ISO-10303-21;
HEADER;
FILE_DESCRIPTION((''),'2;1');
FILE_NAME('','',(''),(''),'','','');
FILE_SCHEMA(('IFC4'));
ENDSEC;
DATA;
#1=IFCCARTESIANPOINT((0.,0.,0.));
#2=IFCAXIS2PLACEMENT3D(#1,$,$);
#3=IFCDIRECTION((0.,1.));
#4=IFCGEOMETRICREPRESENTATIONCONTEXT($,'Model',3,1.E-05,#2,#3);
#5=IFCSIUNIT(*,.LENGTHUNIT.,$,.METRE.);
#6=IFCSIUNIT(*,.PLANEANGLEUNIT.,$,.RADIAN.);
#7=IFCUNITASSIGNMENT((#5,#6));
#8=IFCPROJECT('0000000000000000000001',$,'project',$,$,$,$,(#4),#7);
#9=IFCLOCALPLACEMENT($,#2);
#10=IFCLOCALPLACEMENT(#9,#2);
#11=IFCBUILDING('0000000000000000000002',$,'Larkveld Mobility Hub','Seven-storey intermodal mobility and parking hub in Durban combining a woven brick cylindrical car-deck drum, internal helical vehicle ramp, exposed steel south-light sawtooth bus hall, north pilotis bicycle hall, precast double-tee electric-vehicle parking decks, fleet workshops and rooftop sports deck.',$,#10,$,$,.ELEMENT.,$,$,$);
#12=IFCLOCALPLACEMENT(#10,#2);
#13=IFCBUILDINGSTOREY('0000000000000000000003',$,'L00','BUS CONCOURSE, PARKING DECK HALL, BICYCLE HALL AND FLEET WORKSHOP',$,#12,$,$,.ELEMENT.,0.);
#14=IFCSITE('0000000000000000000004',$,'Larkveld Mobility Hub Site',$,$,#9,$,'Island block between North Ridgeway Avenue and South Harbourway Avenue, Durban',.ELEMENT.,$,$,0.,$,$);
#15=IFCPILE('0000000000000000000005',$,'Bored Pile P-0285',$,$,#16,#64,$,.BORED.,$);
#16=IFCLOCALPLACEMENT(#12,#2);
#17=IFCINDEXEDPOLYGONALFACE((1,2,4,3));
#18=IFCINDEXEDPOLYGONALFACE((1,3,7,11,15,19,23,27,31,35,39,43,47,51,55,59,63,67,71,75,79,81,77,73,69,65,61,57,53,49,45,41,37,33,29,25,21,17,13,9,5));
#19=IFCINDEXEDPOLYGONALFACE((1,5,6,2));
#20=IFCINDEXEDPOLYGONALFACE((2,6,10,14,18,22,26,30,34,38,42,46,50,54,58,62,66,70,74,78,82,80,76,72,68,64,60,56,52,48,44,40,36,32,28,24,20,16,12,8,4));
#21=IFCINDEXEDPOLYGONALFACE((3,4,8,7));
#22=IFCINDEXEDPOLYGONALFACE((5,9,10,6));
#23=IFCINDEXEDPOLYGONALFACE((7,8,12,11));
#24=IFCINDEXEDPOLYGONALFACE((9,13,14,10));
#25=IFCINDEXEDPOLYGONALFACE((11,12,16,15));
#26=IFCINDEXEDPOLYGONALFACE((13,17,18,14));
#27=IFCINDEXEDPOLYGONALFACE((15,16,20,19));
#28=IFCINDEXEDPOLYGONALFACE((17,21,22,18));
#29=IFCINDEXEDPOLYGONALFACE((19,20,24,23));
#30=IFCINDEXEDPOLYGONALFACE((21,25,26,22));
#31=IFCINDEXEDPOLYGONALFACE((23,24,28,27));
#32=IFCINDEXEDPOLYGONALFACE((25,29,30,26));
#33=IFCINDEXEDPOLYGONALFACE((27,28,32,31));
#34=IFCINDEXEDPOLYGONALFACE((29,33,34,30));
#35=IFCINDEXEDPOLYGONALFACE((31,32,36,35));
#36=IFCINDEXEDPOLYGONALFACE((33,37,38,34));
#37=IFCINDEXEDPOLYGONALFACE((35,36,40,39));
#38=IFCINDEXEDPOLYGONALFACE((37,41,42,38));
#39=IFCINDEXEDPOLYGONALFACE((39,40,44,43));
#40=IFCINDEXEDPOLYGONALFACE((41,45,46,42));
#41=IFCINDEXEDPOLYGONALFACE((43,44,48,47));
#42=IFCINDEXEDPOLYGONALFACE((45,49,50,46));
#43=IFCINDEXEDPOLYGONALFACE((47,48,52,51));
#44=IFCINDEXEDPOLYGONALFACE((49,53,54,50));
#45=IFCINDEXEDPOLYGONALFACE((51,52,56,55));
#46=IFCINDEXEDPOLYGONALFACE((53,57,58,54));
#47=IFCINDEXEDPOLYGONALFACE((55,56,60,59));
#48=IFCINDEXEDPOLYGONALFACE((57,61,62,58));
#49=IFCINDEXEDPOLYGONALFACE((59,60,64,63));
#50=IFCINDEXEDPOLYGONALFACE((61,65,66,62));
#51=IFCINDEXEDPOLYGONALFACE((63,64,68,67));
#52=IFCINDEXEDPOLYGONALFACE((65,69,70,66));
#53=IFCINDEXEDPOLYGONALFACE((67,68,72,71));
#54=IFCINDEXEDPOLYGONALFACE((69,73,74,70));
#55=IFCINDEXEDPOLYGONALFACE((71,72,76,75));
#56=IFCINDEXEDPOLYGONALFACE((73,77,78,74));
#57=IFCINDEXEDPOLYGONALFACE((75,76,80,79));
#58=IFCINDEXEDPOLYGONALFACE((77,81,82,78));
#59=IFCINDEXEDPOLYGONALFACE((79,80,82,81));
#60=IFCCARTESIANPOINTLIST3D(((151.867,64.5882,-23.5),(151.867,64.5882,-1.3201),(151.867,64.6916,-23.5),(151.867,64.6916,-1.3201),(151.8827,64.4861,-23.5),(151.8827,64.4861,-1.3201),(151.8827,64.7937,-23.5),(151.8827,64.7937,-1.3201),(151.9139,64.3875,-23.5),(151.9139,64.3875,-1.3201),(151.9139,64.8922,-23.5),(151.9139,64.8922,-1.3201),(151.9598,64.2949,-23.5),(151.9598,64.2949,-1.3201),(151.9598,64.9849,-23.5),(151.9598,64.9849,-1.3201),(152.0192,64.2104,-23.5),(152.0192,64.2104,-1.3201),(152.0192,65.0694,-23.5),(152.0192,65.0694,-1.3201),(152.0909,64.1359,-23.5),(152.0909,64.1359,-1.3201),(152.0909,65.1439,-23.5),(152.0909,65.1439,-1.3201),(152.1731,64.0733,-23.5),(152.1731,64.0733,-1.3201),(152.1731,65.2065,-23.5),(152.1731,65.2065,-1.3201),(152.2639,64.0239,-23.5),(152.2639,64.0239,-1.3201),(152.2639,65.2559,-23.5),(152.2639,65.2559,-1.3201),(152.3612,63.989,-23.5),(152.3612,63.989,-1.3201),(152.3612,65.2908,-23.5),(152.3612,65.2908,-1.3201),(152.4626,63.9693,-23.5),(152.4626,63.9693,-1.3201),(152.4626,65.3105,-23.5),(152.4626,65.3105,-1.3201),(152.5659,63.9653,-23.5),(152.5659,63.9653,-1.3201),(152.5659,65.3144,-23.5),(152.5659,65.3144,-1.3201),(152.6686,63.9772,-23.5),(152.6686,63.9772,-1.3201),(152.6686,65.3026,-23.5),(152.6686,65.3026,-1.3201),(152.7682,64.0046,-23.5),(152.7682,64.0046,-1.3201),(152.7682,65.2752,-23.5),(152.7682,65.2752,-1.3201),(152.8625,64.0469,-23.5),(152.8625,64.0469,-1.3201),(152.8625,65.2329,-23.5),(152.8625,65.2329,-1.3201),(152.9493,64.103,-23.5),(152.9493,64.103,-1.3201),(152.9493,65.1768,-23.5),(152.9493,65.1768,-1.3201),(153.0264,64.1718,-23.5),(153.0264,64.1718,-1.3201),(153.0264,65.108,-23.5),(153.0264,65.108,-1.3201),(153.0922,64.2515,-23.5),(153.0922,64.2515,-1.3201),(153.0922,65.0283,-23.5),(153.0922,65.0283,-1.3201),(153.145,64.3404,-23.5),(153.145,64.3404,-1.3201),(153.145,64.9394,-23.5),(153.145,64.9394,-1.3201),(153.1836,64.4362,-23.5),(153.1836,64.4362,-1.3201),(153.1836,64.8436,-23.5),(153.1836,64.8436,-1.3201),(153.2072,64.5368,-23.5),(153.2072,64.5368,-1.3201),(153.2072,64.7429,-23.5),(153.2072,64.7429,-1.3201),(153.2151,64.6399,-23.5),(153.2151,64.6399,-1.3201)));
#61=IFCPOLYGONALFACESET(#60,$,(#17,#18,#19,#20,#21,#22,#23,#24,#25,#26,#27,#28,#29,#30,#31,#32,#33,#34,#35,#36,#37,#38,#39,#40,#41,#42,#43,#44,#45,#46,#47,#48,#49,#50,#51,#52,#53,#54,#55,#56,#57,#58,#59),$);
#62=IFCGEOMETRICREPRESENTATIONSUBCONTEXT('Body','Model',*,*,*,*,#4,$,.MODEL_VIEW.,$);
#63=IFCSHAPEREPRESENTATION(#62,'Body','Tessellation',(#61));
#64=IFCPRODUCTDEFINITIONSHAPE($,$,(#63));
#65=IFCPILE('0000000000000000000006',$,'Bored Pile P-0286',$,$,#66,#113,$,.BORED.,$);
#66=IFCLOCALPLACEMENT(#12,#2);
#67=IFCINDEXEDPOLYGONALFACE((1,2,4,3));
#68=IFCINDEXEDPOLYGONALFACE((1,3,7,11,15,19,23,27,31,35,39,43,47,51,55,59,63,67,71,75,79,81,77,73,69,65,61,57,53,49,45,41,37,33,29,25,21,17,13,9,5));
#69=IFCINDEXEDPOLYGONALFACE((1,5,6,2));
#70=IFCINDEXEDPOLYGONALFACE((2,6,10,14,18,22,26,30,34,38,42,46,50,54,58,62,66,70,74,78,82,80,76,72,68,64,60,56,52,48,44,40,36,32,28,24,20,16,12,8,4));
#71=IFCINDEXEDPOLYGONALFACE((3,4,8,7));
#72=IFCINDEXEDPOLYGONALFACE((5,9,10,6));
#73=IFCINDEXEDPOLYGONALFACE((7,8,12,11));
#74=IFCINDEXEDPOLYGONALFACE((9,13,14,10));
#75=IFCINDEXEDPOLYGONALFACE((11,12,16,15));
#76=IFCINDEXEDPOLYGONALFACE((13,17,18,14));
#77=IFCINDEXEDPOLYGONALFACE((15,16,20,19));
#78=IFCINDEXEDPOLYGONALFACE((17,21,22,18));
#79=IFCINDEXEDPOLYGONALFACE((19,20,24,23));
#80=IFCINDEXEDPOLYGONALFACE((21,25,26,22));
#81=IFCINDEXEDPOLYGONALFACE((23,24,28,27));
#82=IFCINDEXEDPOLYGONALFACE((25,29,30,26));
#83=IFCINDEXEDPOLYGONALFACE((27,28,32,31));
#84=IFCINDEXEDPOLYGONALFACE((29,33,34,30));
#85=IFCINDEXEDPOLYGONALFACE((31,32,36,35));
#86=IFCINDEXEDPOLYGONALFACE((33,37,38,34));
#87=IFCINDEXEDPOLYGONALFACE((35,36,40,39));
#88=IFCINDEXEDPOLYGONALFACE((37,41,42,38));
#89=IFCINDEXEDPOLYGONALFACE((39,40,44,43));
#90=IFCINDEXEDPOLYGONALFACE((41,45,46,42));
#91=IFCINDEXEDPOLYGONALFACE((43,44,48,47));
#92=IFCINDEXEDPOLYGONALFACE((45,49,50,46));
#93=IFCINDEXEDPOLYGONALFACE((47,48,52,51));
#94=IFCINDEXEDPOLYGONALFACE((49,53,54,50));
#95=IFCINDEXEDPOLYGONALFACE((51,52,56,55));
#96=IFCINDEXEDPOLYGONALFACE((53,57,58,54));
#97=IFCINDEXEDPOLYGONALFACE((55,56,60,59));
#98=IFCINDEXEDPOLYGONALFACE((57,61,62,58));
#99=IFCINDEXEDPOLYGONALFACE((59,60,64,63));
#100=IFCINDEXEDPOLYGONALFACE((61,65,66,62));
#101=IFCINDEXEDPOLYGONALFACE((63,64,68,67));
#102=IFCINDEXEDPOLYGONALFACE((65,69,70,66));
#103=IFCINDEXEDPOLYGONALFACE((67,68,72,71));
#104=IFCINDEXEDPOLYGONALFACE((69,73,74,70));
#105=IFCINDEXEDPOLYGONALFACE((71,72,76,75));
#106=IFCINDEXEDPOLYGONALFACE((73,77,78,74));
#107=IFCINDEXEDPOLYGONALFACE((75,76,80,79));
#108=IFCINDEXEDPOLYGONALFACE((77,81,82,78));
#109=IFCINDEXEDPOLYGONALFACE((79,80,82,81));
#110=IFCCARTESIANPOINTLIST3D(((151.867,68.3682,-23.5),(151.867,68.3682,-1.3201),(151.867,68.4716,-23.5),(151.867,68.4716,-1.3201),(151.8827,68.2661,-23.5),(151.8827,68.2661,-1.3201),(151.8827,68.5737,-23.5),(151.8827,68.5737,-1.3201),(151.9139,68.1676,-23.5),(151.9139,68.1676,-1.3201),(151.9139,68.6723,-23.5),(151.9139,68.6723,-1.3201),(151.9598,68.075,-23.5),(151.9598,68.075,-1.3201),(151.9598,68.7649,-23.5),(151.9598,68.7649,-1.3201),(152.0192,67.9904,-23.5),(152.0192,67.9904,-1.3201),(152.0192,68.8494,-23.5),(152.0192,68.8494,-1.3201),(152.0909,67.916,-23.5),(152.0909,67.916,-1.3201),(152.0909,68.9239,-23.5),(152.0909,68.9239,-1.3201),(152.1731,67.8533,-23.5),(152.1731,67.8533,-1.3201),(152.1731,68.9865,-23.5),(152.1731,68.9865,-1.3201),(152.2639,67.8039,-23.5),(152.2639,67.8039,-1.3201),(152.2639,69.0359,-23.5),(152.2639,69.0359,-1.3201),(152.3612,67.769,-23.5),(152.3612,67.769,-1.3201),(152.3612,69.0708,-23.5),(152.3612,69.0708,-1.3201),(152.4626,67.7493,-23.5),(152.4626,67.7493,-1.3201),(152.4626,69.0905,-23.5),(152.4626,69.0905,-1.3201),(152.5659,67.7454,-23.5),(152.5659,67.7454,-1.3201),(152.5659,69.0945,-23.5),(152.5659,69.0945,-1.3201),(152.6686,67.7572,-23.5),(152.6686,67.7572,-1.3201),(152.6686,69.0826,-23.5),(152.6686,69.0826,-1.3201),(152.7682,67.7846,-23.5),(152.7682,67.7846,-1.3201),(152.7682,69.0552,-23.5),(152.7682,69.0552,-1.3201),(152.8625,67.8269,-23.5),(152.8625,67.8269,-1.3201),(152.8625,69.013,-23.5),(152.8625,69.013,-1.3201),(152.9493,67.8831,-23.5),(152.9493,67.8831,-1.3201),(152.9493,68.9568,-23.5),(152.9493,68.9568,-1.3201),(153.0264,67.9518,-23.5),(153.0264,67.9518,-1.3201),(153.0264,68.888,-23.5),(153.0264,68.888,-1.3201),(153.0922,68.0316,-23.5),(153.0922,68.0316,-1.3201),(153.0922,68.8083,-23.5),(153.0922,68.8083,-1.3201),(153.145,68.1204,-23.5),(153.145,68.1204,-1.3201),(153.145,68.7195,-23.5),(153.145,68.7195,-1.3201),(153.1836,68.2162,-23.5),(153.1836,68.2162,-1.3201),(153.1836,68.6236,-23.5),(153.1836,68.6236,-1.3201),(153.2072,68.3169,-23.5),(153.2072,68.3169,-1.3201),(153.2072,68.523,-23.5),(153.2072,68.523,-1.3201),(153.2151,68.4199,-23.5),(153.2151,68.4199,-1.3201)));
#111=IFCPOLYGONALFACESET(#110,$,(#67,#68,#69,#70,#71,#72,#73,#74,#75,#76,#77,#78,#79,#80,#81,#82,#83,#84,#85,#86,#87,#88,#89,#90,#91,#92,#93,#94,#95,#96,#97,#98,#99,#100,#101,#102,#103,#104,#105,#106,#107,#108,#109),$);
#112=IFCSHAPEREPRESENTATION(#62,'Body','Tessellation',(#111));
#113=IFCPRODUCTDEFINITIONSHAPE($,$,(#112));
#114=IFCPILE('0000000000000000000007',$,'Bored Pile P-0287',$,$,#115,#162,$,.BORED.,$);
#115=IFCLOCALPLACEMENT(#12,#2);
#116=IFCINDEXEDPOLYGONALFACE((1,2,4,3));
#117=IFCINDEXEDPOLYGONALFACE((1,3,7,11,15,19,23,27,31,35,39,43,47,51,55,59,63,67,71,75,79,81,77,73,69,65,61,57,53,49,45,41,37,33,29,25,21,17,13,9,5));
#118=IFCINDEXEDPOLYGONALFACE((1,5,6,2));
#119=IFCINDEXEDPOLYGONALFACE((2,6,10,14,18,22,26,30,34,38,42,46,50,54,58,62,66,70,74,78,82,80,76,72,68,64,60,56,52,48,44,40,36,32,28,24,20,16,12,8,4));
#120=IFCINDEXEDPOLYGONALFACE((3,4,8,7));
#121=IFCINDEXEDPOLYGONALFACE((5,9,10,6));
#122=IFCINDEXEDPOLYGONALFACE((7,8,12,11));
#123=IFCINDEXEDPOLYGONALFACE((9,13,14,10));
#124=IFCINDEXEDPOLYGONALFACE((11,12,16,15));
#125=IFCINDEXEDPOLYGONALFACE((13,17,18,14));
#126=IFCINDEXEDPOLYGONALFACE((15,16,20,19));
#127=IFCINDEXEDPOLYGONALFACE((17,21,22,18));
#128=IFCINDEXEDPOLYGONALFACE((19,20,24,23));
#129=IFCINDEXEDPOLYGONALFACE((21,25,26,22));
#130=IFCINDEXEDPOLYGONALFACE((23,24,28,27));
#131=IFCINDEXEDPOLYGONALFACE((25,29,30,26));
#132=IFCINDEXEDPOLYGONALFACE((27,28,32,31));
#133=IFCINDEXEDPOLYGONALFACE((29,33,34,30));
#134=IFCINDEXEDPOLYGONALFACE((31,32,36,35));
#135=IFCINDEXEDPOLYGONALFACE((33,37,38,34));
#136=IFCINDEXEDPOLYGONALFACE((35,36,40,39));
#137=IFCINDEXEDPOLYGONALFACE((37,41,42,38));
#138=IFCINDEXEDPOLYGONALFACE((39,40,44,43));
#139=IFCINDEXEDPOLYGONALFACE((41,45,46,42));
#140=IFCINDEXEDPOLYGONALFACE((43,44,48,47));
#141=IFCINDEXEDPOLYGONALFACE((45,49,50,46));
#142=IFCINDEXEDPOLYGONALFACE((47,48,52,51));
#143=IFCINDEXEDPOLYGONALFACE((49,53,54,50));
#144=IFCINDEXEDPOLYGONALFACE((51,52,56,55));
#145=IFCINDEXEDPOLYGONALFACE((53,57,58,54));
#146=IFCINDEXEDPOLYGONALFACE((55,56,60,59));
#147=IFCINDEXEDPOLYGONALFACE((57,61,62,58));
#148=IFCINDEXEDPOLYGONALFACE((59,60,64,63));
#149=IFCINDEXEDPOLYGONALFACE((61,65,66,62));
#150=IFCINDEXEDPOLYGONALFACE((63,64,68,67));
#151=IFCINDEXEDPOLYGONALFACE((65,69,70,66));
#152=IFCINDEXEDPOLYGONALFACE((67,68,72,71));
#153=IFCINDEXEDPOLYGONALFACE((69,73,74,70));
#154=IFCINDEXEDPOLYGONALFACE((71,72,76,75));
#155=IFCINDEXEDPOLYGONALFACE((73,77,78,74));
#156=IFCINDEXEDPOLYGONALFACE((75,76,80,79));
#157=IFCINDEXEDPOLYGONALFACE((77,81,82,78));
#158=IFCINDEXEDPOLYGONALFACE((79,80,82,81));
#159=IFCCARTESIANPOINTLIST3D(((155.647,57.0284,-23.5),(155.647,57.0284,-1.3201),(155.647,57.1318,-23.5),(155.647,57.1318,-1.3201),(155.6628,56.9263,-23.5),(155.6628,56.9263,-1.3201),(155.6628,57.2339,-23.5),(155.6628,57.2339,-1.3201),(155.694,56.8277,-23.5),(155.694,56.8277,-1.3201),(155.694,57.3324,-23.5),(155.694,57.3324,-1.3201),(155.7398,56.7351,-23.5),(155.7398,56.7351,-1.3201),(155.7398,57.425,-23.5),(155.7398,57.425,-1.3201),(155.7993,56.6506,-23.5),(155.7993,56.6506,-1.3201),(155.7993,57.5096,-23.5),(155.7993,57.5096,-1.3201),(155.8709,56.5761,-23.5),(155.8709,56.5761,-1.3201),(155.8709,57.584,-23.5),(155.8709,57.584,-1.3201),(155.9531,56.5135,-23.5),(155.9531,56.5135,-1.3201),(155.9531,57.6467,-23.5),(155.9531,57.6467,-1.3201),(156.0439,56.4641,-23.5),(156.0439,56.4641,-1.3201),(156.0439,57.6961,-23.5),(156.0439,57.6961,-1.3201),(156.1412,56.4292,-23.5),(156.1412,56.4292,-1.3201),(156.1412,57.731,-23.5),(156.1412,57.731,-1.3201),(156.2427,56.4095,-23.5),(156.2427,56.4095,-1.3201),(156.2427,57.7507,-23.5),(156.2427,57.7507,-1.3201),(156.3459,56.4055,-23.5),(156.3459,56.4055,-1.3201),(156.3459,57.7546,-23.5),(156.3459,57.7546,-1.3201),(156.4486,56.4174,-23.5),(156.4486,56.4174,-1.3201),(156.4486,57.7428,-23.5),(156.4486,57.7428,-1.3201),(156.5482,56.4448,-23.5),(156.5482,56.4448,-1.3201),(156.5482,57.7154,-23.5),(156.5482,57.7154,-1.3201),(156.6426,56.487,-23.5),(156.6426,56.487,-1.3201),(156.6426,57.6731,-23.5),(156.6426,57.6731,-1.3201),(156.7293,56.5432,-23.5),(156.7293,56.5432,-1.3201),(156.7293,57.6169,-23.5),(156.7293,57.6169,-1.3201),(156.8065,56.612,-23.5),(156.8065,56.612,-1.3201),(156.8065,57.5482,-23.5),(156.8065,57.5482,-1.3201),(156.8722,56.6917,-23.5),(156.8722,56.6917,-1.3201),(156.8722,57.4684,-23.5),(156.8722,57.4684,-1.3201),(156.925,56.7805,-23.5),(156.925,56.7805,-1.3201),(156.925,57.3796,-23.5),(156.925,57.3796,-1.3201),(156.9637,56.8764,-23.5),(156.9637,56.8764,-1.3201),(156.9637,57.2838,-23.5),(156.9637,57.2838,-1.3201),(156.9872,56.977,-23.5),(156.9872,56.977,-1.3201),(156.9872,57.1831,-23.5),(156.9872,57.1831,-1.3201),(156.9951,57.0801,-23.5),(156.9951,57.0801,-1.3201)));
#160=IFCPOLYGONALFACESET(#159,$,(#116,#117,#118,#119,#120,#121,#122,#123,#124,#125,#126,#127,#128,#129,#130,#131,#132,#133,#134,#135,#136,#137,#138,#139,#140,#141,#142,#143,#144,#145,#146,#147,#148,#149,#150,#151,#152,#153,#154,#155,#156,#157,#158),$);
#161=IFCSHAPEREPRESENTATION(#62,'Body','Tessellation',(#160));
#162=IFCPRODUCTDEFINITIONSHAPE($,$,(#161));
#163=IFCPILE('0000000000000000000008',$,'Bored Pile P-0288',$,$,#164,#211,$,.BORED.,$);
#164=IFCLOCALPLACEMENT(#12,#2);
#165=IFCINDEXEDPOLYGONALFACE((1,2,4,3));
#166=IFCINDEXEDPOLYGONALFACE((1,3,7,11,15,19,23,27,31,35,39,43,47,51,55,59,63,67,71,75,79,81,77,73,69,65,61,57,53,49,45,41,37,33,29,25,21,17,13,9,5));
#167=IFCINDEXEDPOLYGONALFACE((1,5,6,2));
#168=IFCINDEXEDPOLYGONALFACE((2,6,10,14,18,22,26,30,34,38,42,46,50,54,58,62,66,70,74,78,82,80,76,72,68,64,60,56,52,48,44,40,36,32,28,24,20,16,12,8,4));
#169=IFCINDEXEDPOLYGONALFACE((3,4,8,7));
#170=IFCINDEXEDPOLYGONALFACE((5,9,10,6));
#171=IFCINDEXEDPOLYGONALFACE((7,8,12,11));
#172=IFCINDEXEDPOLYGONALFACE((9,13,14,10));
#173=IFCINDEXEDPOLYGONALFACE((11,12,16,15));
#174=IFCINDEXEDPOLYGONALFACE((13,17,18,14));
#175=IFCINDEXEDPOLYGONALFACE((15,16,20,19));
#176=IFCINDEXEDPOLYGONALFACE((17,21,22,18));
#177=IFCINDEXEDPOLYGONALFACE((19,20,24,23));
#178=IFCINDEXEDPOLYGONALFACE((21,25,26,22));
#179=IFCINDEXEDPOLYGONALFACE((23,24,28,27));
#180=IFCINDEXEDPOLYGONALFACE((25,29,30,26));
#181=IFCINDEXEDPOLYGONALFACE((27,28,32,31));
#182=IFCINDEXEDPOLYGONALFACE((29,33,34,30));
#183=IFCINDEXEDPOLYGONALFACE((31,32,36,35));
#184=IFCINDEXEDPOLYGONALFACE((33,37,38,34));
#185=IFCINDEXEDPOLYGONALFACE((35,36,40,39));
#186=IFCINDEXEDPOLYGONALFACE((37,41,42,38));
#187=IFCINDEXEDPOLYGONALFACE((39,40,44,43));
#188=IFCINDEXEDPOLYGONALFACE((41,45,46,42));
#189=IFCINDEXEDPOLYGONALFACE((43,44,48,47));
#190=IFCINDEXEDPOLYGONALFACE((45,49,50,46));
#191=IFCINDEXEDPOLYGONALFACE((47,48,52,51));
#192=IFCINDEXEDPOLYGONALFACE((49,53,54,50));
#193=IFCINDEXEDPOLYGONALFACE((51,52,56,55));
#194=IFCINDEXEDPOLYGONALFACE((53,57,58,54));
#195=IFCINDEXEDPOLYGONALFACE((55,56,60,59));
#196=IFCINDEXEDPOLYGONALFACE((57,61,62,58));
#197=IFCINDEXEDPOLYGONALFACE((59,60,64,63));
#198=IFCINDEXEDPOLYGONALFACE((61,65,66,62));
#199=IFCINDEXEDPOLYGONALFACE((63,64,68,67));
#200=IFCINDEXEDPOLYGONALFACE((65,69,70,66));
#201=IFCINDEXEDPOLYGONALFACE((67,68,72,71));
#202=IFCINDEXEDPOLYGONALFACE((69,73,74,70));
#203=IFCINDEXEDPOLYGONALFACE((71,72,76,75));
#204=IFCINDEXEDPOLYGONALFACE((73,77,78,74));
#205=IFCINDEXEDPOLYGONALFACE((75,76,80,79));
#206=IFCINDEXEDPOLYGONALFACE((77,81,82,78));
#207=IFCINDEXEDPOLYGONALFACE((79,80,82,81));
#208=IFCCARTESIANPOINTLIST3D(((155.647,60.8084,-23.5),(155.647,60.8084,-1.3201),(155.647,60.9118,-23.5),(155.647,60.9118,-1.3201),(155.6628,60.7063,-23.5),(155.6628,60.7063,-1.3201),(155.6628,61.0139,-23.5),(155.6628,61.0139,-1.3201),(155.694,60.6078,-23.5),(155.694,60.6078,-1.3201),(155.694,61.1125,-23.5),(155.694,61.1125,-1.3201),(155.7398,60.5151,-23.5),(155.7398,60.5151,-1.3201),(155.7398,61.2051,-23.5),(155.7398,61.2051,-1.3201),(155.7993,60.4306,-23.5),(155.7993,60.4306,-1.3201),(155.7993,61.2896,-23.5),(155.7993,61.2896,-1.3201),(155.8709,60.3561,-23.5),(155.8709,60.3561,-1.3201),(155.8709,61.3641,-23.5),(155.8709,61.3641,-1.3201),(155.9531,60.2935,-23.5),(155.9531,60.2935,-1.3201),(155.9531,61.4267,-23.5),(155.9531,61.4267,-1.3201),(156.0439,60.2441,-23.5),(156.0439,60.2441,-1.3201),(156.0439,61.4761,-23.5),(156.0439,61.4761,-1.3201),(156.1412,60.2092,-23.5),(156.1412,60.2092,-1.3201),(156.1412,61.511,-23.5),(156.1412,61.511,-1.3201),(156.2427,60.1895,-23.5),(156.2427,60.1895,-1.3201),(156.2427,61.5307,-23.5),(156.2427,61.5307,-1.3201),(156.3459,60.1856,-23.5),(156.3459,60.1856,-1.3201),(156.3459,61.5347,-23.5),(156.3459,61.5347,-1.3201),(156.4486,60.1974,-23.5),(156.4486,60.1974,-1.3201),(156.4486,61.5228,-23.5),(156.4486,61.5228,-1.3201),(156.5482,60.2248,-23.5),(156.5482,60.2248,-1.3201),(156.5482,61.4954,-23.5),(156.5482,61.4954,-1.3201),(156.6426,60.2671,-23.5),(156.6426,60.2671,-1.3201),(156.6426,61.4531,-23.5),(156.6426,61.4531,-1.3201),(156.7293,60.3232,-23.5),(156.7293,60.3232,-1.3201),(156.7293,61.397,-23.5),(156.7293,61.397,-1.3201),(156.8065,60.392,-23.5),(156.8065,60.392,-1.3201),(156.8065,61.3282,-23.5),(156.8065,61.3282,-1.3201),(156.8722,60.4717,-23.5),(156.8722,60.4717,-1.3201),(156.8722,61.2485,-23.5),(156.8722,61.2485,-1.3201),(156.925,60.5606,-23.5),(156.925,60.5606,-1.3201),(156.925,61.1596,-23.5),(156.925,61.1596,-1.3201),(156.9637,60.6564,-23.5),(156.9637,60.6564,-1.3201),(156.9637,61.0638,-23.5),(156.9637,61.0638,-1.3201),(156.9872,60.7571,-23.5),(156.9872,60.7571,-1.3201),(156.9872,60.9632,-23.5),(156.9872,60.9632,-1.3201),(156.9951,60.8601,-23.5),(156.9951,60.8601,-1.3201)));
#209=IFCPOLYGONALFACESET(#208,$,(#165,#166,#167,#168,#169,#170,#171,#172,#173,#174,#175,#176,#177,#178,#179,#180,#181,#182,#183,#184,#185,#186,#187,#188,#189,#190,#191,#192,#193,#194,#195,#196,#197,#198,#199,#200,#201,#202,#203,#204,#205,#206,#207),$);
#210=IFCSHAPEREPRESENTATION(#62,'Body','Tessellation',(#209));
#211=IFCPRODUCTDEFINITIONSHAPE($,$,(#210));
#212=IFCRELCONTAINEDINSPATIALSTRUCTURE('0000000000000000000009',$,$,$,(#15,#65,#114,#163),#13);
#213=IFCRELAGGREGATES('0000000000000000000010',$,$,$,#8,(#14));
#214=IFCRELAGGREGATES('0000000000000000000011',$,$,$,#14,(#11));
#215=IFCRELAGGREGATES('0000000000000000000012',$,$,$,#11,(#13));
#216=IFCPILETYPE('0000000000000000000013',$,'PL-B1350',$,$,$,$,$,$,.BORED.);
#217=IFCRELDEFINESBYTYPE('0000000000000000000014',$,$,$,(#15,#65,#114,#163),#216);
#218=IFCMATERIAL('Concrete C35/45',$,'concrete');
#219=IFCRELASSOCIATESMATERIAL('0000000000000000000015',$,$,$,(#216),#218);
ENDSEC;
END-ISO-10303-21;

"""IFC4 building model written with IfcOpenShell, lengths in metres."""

from ifc_helpers import new_model, si_unit, direction, frame, origin, origin_2d, place, context, subcontext, project, spatial, circle, extrude, material, material_profile, profile_set, type_object, element, save


model = new_model("IFC4")

# Units and contexts
model_context = context("Model", 3, precision=1e-05, world=origin(), true_north=direction((0.0, 1.0)))
body_context = subcontext(model_context, "Body", "Model", "MODEL_VIEW")
ifc_project = project(units=[si_unit("LENGTHUNIT", "METRE"), si_unit("PLANEANGLEUNIT", "RADIAN")], contexts=[model_context])

# Site, building, storey
site_placement = place(None, origin())
site = spatial("IfcSite", under=ifc_project, at=site_placement, Name="Larkveld Mobility Hub Site", LongName="Island block between North Ridgeway Avenue and South Harbourway Avenue, Durban", CompositionType="ELEMENT", RefElevation=0.0)
building_placement = place(site_placement, origin())
building = spatial("IfcBuilding", under=site, at=building_placement, Name="Larkveld Mobility Hub", Description="Seven-storey intermodal mobility and parking hub in Durban combining a woven brick cylindrical car-deck drum, internal helical vehicle ramp, exposed steel south-light sawtooth bus hall, north pilotis bicycle hall, precast double-tee electric-vehicle parking decks, fleet workshops and rooftop sports deck.", CompositionType="ELEMENT")
storey_placement = place(building_placement, origin())
storey = spatial("IfcBuildingStorey", under=building, at=storey_placement, Name="L00", Description="BUS CONCOURSE, PARKING DECK HALL, BICYCLE HALL AND FLEET WORKSHOP", CompositionType="ELEMENT", Elevation=0.0)

# Piles
ifc_material_1 = material(Name="Concrete C35/45", Category="concrete")
ifc_material_profile_1 = material_profile(ifc_material_1, circle(Radius=0.675, at=origin_2d()), Name="PILE D1350")
ifc_profile_set_1 = profile_set([ifc_material_profile_1], Name="Concrete C35/45")
pile_type_1 = type_object("IfcPileType", Name="PL-B1350", PredefinedType="BORED", material=ifc_profile_set_1)
for number, where, z_axis, x_axis, name in (
    (1, (152.54, 64.6399, -1.3201), (0.0, 0.0, -1.0), (1.0, 0.0, 0.0), "Bored Pile P-0285"),
    (2, (152.54, 68.4199, -1.3201), (0.0, 0.0, -1.0), (1.0, 0.0, 0.0), "Bored Pile P-0286"),
    (3, (156.3201, 57.0801, -1.3201), (0.0, 0.0, -1.0), (1.0, 0.0, 0.0), "Bored Pile P-0287"),
    (4, (156.3201, 60.8601, -1.3201), (0.0, 0.0, -1.0), (1.0, 0.0, 0.0), "Bored Pile P-0288"),
):
    element("IfcPile", number, at=place(storey_placement, frame(where, z_axis=z_axis, x_axis=x_axis)), inside=storey, type_object=pile_type_1, Name=name, PredefinedType="BORED", context=body_context, shape_type="SweptSolid", body=[
        extrude(circle(Radius=0.675, at=origin_2d()), origin(), (0.0, 0.0, 1.0), 22.1799),
    ])

save(model, "model.ifc")
